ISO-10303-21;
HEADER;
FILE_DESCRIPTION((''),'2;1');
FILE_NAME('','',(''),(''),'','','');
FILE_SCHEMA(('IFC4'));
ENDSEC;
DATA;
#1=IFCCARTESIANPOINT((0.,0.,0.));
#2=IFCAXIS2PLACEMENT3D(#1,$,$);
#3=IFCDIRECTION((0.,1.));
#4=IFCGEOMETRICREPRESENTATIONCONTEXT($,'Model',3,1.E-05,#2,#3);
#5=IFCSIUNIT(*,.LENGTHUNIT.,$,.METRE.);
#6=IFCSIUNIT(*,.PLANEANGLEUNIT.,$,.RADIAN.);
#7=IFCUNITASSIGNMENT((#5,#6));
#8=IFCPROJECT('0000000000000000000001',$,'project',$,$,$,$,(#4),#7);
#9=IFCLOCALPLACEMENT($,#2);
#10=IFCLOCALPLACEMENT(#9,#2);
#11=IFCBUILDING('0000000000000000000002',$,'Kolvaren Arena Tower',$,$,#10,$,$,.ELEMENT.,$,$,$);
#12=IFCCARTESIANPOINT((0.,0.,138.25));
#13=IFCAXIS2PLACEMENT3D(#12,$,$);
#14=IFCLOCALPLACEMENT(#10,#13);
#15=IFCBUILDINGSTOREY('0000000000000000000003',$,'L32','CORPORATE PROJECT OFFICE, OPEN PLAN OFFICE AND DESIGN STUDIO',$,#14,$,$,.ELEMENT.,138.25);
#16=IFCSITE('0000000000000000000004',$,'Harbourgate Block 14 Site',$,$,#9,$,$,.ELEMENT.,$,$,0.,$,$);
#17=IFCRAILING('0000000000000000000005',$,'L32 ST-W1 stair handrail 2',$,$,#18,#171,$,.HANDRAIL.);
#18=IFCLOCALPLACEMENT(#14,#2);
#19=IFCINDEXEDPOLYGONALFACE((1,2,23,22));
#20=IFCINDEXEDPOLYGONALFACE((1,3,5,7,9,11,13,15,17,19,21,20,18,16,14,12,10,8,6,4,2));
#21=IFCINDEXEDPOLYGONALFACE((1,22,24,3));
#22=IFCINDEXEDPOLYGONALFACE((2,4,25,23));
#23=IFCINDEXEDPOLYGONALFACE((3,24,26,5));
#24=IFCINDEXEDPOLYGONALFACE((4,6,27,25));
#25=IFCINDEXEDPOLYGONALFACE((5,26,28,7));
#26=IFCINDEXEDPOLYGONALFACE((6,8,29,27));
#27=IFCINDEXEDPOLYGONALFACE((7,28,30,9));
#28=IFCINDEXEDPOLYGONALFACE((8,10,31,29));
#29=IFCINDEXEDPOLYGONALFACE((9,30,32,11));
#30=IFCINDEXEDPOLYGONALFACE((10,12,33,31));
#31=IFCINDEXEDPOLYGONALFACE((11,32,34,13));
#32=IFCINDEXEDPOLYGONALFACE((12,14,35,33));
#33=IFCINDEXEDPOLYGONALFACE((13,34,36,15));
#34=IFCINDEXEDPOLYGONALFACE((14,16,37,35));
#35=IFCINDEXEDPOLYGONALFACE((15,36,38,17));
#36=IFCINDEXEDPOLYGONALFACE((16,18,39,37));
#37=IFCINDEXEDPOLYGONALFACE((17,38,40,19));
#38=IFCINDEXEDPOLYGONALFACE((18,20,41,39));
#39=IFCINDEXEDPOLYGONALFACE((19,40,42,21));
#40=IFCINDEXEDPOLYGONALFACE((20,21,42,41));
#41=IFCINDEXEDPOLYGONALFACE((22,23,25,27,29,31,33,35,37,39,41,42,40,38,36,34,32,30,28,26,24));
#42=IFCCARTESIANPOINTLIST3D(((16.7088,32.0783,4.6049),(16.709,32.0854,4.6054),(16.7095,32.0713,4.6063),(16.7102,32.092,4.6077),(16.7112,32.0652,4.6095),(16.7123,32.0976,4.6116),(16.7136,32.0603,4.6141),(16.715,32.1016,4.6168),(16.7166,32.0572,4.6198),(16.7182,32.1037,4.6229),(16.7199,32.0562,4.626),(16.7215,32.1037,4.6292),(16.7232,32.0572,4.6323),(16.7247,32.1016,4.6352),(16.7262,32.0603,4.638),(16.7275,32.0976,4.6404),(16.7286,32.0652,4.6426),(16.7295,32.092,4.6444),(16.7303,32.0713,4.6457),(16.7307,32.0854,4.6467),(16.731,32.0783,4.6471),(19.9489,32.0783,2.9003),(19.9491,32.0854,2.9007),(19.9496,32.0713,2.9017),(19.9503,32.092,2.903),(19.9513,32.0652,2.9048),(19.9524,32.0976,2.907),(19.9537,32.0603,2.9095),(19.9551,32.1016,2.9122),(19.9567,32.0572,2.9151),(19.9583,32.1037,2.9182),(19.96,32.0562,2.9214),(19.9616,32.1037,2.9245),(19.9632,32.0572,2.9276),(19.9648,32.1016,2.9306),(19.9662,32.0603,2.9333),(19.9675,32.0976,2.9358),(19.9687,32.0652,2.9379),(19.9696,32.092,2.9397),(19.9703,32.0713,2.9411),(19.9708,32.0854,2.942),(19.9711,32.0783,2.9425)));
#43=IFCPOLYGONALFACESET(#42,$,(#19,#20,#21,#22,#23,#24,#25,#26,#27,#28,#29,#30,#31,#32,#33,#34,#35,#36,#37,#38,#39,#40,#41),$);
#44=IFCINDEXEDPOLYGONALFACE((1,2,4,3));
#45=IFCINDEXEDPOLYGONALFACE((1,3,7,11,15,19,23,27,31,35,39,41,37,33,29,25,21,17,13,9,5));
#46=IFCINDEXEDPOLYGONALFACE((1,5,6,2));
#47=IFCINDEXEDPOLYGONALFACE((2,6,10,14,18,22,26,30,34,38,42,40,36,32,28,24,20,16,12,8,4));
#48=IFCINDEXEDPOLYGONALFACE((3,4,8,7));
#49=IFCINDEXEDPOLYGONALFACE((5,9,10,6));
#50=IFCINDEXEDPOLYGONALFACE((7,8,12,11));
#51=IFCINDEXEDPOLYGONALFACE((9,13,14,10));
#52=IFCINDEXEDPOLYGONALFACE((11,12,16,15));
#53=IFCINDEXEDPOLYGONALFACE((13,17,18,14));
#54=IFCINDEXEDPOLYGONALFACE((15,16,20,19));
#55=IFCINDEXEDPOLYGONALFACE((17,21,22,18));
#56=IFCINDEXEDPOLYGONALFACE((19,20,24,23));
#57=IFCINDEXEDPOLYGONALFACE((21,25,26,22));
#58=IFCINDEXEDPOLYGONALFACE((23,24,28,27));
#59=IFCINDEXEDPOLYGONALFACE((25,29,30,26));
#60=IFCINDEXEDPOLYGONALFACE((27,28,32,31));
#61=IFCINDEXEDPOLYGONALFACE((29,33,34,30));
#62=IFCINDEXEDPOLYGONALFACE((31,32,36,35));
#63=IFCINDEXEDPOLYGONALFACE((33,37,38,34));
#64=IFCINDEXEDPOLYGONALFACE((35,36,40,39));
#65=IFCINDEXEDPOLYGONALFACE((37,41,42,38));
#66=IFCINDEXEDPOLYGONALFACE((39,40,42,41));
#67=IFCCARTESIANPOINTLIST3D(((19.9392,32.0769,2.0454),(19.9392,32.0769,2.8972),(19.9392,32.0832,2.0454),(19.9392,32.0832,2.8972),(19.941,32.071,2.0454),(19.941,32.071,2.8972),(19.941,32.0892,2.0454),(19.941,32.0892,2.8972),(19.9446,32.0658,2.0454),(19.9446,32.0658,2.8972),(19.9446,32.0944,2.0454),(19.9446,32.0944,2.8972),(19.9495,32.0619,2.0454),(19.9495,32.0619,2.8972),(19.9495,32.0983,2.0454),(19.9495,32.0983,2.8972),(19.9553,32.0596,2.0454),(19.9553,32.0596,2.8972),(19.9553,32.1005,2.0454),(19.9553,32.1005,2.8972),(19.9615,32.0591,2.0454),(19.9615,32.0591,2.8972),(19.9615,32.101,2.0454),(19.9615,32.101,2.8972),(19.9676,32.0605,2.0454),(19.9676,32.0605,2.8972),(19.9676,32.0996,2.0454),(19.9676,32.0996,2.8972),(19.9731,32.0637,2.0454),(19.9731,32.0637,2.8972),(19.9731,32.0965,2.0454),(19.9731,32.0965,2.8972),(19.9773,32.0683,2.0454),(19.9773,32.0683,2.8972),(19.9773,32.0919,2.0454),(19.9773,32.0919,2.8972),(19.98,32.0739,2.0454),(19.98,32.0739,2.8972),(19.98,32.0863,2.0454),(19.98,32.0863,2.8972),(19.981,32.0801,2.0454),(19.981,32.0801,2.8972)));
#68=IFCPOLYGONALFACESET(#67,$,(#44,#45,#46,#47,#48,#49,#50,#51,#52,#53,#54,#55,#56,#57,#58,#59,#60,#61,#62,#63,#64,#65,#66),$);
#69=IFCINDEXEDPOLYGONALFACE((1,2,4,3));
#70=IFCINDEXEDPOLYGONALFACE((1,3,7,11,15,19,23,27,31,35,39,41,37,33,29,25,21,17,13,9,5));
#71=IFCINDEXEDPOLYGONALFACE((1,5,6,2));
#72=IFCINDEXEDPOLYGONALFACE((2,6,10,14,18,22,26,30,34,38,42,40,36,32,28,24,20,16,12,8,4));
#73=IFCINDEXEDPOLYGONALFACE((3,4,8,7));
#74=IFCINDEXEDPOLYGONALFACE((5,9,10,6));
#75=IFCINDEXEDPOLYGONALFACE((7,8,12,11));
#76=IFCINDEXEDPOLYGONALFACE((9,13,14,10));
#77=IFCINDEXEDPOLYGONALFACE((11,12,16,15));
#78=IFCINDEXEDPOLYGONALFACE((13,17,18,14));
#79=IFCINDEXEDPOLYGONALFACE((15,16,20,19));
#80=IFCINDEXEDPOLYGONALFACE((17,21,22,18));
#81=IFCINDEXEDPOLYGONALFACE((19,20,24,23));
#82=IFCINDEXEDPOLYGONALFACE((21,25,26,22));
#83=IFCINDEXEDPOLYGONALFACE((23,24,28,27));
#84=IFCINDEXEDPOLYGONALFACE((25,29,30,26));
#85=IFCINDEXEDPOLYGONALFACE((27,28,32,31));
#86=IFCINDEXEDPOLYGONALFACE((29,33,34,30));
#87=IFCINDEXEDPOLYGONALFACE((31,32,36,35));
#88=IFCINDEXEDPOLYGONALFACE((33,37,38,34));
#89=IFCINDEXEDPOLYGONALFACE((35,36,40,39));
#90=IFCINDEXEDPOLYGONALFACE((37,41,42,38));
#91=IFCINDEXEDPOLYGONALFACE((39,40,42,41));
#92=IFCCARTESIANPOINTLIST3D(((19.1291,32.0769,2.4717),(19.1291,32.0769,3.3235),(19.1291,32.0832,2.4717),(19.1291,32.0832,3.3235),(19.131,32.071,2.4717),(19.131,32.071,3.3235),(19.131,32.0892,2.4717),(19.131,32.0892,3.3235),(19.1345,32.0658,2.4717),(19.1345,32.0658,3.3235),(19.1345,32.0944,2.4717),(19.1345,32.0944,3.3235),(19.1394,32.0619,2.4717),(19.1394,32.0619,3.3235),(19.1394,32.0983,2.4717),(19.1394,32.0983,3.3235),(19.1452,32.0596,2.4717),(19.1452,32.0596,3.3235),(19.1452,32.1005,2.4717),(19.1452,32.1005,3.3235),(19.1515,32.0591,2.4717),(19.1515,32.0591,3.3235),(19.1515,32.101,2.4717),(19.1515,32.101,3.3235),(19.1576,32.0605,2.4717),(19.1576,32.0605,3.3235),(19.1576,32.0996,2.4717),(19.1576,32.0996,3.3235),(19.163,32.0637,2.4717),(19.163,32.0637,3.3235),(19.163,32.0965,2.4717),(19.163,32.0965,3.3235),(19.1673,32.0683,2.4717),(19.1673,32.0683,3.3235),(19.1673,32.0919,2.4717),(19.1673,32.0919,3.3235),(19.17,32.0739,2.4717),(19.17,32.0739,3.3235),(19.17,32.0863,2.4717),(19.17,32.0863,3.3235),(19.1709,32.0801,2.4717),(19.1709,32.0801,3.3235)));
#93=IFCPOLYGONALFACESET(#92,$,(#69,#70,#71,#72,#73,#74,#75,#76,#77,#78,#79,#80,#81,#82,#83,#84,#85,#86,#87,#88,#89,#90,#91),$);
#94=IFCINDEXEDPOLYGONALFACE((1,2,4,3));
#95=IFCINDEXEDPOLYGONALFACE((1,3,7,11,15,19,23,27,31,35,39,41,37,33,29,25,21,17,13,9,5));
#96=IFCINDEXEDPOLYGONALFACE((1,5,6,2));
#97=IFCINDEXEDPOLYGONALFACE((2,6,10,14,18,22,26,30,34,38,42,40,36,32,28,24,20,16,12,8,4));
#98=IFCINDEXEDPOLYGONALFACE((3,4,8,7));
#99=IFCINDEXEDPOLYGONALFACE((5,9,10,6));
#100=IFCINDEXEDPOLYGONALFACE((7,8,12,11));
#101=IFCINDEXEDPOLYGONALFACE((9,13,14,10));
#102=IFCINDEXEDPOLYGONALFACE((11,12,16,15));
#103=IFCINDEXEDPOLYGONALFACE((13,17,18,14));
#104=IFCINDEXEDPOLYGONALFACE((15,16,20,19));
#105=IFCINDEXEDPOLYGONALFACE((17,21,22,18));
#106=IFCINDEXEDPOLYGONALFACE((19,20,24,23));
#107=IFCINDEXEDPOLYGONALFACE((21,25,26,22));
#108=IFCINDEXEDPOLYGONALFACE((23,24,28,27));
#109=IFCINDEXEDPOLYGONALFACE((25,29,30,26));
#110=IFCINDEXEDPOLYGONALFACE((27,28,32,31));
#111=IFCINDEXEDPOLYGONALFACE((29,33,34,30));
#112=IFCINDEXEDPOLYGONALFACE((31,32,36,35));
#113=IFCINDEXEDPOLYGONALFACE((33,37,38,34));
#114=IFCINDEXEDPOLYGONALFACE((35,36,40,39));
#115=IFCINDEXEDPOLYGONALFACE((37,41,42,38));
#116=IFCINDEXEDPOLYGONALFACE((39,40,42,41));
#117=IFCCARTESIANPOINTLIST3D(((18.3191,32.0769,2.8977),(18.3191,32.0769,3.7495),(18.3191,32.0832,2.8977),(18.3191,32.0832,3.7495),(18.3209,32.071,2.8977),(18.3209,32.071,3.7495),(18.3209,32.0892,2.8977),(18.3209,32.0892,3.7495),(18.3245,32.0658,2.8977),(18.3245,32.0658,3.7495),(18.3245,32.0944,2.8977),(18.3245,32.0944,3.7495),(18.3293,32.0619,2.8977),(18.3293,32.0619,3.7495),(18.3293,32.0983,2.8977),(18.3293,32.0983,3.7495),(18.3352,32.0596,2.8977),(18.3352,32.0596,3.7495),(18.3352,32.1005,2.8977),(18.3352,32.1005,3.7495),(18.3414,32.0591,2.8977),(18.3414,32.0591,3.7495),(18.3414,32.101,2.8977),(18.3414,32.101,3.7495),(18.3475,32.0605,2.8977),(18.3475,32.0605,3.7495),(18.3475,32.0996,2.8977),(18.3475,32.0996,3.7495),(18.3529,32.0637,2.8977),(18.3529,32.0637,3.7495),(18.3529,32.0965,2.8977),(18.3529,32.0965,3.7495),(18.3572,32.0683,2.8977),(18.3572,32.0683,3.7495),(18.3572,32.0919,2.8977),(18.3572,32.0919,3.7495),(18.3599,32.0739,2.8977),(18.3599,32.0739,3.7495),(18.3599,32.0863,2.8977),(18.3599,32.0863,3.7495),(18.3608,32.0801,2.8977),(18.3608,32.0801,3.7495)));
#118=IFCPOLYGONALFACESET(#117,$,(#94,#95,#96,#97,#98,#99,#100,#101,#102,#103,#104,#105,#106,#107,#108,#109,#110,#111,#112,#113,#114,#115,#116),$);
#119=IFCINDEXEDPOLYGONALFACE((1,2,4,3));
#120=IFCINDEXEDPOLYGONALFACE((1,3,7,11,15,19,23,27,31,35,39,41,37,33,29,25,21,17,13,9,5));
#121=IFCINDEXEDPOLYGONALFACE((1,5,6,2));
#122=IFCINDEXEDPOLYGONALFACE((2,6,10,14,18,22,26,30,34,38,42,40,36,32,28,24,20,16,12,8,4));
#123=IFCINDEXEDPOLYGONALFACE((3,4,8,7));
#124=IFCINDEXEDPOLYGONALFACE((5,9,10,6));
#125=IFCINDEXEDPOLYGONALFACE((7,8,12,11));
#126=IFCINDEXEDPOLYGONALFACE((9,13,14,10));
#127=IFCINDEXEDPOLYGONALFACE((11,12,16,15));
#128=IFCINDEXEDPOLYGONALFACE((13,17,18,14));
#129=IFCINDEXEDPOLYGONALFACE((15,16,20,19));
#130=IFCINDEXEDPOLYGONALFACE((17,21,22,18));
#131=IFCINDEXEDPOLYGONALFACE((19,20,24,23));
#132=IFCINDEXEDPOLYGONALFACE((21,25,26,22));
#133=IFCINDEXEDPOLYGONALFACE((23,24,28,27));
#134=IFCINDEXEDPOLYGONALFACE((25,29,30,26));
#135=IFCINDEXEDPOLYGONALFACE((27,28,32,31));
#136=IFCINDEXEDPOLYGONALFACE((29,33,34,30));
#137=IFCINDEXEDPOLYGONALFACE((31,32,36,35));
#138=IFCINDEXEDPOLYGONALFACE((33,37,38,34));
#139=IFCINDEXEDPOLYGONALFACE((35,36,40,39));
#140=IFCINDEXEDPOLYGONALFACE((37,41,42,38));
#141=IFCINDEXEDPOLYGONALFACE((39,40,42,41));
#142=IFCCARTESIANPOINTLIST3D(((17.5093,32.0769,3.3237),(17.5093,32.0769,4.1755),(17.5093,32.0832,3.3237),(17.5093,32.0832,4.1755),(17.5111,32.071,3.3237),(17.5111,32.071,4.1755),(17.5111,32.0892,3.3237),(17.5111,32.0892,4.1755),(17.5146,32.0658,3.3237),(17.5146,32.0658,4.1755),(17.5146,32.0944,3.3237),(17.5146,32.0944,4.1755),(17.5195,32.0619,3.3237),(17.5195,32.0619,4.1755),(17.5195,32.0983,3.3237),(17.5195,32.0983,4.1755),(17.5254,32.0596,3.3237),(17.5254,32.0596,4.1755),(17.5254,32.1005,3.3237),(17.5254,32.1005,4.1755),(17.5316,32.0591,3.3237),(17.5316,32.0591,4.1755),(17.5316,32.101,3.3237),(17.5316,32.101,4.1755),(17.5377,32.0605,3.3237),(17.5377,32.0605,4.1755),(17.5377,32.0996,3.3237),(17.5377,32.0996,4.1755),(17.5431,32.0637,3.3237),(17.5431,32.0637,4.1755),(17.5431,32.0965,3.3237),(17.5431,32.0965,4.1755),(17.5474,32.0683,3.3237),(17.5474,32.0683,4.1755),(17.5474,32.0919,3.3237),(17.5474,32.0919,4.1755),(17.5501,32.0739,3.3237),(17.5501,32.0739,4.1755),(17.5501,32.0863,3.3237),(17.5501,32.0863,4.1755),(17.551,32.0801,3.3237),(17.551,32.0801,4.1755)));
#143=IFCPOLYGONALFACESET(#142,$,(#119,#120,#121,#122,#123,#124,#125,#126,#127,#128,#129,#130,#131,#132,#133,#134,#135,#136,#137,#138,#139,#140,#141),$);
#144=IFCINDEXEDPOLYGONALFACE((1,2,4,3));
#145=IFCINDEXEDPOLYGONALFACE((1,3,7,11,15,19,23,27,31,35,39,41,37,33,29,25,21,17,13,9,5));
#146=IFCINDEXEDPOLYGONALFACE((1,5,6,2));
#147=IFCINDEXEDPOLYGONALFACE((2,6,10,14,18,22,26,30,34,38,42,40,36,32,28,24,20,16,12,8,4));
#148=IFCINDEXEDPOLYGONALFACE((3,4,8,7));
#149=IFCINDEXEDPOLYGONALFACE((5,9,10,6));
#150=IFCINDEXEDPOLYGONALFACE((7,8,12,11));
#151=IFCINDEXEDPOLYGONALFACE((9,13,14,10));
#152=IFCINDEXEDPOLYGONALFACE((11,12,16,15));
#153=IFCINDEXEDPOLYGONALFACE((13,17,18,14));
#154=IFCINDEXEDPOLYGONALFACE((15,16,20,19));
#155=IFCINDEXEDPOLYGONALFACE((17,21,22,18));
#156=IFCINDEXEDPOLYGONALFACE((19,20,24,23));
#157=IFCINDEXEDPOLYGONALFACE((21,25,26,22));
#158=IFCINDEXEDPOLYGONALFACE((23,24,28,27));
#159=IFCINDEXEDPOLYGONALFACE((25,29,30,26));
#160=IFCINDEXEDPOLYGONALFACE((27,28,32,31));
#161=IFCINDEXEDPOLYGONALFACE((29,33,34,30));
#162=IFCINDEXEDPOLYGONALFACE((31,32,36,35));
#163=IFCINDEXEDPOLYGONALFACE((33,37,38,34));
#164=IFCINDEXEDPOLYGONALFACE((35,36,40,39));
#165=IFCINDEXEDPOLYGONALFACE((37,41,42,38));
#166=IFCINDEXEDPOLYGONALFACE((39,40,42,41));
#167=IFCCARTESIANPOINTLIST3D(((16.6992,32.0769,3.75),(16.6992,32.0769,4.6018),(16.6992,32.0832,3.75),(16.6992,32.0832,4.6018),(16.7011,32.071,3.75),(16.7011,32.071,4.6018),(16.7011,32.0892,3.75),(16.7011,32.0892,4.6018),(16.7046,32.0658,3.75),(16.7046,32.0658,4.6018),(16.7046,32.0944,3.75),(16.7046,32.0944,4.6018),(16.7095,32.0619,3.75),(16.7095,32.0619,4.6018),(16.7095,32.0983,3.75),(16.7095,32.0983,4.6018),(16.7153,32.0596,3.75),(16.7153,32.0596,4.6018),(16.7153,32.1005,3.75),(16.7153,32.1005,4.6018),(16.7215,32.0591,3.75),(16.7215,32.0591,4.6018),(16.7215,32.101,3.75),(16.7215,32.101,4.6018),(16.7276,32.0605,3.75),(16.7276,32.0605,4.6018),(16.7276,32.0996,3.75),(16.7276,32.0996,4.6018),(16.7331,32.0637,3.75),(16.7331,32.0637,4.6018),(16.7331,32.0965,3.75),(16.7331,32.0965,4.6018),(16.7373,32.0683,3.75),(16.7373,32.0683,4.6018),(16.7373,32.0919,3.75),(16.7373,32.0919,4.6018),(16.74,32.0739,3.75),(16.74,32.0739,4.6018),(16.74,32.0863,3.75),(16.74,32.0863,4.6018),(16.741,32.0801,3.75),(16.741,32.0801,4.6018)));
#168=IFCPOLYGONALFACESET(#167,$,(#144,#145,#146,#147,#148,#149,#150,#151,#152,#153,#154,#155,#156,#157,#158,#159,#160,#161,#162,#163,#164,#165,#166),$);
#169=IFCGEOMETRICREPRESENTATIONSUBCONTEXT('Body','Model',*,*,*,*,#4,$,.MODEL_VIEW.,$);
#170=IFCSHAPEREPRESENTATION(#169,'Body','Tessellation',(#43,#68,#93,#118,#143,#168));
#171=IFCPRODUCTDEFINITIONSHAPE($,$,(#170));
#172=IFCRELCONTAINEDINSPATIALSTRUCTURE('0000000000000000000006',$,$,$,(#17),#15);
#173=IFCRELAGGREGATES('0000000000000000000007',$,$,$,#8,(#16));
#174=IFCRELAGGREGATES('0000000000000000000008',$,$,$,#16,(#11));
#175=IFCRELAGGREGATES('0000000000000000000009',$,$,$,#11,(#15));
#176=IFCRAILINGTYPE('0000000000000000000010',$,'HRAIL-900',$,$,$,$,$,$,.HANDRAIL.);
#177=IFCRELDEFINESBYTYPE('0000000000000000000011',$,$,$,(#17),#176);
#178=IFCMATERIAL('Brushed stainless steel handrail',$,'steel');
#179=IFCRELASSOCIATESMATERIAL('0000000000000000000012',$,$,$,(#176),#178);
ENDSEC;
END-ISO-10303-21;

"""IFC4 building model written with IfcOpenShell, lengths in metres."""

from ifc_helpers import new_model, si_unit, direction, frame, origin, origin_2d, place, context, subcontext, project, spatial, circle, extrude, material, type_object, element, save


model = new_model("IFC4")

# Units and contexts
model_context = context("Model", 3, precision=1e-05, world=origin(), true_north=direction((0.0, 1.0)))
body_context = subcontext(model_context, "Body", "Model", "MODEL_VIEW")
ifc_project = project(units=[si_unit("LENGTHUNIT", "METRE"), si_unit("PLANEANGLEUNIT", "RADIAN")], contexts=[model_context])

# Site, building, storey
site_placement = place(None, origin())
site = spatial("IfcSite", under=ifc_project, at=site_placement, Name="Harbourgate Block 14 Site", CompositionType="ELEMENT", RefElevation=0.0)
building_placement = place(site_placement, origin())
building = spatial("IfcBuilding", under=site, at=building_placement, Name="Kolvaren Arena Tower", CompositionType="ELEMENT")
storey_placement = place(building_placement, frame((0.0, 0.0, 138.25)))
storey = spatial("IfcBuildingStorey", under=building, at=storey_placement, Name="L32", Description="CORPORATE PROJECT OFFICE, OPEN PLAN OFFICE AND DESIGN STUDIO", CompositionType="ELEMENT", Elevation=138.25)

# Railing
ifc_material_1 = material(Name="Brushed stainless steel handrail", Category="steel")
railing_type_1 = type_object("IfcRailingType", Name="HRAIL-900", PredefinedType="HANDRAIL", material=ifc_material_1)
railing_1_placement = place(storey_placement, frame((19.96, 32.0801, 2.0454)))
element("IfcRailing", 1, at=railing_1_placement, inside=storey, type_object=railing_type_1, Name="L32 ST-W1 stair handrail 2", PredefinedType="HANDRAIL", context=body_context, shape_type="SweptSolid", body=[
    extrude(circle(Radius=0.0239, at=origin_2d()), frame((0.0, 0.0, 0.876), z_axis=(-0.884993, 0.0, 0.465604), x_axis=(0.0, -1.0, 0.0)), (0.0, 0.0, 1.0), 3.6611),
    extrude(circle(Radius=0.021, at=origin_2d()), origin(), (0.0, 0.0, 1.0), 0.8518),
    extrude(circle(Radius=0.021, at=origin_2d()), frame((-0.8101, 0.0, 0.4263)), (0.0, 0.0, 1.0), 0.8518),
    extrude(circle(Radius=0.021, at=origin_2d()), frame((-1.6201, 0.0, 0.8523)), (0.0, 0.0, 1.0), 0.8518),
    extrude(circle(Radius=0.021, at=origin_2d()), frame((-2.4299, 0.0, 1.2783)), (0.0, 0.0, 1.0), 0.8518),
    extrude(circle(Radius=0.021, at=origin_2d()), frame((-3.24, 0.0, 1.7046)), (0.0, 0.0, 1.0), 0.8518),
])

save(model, "model.ifc")
